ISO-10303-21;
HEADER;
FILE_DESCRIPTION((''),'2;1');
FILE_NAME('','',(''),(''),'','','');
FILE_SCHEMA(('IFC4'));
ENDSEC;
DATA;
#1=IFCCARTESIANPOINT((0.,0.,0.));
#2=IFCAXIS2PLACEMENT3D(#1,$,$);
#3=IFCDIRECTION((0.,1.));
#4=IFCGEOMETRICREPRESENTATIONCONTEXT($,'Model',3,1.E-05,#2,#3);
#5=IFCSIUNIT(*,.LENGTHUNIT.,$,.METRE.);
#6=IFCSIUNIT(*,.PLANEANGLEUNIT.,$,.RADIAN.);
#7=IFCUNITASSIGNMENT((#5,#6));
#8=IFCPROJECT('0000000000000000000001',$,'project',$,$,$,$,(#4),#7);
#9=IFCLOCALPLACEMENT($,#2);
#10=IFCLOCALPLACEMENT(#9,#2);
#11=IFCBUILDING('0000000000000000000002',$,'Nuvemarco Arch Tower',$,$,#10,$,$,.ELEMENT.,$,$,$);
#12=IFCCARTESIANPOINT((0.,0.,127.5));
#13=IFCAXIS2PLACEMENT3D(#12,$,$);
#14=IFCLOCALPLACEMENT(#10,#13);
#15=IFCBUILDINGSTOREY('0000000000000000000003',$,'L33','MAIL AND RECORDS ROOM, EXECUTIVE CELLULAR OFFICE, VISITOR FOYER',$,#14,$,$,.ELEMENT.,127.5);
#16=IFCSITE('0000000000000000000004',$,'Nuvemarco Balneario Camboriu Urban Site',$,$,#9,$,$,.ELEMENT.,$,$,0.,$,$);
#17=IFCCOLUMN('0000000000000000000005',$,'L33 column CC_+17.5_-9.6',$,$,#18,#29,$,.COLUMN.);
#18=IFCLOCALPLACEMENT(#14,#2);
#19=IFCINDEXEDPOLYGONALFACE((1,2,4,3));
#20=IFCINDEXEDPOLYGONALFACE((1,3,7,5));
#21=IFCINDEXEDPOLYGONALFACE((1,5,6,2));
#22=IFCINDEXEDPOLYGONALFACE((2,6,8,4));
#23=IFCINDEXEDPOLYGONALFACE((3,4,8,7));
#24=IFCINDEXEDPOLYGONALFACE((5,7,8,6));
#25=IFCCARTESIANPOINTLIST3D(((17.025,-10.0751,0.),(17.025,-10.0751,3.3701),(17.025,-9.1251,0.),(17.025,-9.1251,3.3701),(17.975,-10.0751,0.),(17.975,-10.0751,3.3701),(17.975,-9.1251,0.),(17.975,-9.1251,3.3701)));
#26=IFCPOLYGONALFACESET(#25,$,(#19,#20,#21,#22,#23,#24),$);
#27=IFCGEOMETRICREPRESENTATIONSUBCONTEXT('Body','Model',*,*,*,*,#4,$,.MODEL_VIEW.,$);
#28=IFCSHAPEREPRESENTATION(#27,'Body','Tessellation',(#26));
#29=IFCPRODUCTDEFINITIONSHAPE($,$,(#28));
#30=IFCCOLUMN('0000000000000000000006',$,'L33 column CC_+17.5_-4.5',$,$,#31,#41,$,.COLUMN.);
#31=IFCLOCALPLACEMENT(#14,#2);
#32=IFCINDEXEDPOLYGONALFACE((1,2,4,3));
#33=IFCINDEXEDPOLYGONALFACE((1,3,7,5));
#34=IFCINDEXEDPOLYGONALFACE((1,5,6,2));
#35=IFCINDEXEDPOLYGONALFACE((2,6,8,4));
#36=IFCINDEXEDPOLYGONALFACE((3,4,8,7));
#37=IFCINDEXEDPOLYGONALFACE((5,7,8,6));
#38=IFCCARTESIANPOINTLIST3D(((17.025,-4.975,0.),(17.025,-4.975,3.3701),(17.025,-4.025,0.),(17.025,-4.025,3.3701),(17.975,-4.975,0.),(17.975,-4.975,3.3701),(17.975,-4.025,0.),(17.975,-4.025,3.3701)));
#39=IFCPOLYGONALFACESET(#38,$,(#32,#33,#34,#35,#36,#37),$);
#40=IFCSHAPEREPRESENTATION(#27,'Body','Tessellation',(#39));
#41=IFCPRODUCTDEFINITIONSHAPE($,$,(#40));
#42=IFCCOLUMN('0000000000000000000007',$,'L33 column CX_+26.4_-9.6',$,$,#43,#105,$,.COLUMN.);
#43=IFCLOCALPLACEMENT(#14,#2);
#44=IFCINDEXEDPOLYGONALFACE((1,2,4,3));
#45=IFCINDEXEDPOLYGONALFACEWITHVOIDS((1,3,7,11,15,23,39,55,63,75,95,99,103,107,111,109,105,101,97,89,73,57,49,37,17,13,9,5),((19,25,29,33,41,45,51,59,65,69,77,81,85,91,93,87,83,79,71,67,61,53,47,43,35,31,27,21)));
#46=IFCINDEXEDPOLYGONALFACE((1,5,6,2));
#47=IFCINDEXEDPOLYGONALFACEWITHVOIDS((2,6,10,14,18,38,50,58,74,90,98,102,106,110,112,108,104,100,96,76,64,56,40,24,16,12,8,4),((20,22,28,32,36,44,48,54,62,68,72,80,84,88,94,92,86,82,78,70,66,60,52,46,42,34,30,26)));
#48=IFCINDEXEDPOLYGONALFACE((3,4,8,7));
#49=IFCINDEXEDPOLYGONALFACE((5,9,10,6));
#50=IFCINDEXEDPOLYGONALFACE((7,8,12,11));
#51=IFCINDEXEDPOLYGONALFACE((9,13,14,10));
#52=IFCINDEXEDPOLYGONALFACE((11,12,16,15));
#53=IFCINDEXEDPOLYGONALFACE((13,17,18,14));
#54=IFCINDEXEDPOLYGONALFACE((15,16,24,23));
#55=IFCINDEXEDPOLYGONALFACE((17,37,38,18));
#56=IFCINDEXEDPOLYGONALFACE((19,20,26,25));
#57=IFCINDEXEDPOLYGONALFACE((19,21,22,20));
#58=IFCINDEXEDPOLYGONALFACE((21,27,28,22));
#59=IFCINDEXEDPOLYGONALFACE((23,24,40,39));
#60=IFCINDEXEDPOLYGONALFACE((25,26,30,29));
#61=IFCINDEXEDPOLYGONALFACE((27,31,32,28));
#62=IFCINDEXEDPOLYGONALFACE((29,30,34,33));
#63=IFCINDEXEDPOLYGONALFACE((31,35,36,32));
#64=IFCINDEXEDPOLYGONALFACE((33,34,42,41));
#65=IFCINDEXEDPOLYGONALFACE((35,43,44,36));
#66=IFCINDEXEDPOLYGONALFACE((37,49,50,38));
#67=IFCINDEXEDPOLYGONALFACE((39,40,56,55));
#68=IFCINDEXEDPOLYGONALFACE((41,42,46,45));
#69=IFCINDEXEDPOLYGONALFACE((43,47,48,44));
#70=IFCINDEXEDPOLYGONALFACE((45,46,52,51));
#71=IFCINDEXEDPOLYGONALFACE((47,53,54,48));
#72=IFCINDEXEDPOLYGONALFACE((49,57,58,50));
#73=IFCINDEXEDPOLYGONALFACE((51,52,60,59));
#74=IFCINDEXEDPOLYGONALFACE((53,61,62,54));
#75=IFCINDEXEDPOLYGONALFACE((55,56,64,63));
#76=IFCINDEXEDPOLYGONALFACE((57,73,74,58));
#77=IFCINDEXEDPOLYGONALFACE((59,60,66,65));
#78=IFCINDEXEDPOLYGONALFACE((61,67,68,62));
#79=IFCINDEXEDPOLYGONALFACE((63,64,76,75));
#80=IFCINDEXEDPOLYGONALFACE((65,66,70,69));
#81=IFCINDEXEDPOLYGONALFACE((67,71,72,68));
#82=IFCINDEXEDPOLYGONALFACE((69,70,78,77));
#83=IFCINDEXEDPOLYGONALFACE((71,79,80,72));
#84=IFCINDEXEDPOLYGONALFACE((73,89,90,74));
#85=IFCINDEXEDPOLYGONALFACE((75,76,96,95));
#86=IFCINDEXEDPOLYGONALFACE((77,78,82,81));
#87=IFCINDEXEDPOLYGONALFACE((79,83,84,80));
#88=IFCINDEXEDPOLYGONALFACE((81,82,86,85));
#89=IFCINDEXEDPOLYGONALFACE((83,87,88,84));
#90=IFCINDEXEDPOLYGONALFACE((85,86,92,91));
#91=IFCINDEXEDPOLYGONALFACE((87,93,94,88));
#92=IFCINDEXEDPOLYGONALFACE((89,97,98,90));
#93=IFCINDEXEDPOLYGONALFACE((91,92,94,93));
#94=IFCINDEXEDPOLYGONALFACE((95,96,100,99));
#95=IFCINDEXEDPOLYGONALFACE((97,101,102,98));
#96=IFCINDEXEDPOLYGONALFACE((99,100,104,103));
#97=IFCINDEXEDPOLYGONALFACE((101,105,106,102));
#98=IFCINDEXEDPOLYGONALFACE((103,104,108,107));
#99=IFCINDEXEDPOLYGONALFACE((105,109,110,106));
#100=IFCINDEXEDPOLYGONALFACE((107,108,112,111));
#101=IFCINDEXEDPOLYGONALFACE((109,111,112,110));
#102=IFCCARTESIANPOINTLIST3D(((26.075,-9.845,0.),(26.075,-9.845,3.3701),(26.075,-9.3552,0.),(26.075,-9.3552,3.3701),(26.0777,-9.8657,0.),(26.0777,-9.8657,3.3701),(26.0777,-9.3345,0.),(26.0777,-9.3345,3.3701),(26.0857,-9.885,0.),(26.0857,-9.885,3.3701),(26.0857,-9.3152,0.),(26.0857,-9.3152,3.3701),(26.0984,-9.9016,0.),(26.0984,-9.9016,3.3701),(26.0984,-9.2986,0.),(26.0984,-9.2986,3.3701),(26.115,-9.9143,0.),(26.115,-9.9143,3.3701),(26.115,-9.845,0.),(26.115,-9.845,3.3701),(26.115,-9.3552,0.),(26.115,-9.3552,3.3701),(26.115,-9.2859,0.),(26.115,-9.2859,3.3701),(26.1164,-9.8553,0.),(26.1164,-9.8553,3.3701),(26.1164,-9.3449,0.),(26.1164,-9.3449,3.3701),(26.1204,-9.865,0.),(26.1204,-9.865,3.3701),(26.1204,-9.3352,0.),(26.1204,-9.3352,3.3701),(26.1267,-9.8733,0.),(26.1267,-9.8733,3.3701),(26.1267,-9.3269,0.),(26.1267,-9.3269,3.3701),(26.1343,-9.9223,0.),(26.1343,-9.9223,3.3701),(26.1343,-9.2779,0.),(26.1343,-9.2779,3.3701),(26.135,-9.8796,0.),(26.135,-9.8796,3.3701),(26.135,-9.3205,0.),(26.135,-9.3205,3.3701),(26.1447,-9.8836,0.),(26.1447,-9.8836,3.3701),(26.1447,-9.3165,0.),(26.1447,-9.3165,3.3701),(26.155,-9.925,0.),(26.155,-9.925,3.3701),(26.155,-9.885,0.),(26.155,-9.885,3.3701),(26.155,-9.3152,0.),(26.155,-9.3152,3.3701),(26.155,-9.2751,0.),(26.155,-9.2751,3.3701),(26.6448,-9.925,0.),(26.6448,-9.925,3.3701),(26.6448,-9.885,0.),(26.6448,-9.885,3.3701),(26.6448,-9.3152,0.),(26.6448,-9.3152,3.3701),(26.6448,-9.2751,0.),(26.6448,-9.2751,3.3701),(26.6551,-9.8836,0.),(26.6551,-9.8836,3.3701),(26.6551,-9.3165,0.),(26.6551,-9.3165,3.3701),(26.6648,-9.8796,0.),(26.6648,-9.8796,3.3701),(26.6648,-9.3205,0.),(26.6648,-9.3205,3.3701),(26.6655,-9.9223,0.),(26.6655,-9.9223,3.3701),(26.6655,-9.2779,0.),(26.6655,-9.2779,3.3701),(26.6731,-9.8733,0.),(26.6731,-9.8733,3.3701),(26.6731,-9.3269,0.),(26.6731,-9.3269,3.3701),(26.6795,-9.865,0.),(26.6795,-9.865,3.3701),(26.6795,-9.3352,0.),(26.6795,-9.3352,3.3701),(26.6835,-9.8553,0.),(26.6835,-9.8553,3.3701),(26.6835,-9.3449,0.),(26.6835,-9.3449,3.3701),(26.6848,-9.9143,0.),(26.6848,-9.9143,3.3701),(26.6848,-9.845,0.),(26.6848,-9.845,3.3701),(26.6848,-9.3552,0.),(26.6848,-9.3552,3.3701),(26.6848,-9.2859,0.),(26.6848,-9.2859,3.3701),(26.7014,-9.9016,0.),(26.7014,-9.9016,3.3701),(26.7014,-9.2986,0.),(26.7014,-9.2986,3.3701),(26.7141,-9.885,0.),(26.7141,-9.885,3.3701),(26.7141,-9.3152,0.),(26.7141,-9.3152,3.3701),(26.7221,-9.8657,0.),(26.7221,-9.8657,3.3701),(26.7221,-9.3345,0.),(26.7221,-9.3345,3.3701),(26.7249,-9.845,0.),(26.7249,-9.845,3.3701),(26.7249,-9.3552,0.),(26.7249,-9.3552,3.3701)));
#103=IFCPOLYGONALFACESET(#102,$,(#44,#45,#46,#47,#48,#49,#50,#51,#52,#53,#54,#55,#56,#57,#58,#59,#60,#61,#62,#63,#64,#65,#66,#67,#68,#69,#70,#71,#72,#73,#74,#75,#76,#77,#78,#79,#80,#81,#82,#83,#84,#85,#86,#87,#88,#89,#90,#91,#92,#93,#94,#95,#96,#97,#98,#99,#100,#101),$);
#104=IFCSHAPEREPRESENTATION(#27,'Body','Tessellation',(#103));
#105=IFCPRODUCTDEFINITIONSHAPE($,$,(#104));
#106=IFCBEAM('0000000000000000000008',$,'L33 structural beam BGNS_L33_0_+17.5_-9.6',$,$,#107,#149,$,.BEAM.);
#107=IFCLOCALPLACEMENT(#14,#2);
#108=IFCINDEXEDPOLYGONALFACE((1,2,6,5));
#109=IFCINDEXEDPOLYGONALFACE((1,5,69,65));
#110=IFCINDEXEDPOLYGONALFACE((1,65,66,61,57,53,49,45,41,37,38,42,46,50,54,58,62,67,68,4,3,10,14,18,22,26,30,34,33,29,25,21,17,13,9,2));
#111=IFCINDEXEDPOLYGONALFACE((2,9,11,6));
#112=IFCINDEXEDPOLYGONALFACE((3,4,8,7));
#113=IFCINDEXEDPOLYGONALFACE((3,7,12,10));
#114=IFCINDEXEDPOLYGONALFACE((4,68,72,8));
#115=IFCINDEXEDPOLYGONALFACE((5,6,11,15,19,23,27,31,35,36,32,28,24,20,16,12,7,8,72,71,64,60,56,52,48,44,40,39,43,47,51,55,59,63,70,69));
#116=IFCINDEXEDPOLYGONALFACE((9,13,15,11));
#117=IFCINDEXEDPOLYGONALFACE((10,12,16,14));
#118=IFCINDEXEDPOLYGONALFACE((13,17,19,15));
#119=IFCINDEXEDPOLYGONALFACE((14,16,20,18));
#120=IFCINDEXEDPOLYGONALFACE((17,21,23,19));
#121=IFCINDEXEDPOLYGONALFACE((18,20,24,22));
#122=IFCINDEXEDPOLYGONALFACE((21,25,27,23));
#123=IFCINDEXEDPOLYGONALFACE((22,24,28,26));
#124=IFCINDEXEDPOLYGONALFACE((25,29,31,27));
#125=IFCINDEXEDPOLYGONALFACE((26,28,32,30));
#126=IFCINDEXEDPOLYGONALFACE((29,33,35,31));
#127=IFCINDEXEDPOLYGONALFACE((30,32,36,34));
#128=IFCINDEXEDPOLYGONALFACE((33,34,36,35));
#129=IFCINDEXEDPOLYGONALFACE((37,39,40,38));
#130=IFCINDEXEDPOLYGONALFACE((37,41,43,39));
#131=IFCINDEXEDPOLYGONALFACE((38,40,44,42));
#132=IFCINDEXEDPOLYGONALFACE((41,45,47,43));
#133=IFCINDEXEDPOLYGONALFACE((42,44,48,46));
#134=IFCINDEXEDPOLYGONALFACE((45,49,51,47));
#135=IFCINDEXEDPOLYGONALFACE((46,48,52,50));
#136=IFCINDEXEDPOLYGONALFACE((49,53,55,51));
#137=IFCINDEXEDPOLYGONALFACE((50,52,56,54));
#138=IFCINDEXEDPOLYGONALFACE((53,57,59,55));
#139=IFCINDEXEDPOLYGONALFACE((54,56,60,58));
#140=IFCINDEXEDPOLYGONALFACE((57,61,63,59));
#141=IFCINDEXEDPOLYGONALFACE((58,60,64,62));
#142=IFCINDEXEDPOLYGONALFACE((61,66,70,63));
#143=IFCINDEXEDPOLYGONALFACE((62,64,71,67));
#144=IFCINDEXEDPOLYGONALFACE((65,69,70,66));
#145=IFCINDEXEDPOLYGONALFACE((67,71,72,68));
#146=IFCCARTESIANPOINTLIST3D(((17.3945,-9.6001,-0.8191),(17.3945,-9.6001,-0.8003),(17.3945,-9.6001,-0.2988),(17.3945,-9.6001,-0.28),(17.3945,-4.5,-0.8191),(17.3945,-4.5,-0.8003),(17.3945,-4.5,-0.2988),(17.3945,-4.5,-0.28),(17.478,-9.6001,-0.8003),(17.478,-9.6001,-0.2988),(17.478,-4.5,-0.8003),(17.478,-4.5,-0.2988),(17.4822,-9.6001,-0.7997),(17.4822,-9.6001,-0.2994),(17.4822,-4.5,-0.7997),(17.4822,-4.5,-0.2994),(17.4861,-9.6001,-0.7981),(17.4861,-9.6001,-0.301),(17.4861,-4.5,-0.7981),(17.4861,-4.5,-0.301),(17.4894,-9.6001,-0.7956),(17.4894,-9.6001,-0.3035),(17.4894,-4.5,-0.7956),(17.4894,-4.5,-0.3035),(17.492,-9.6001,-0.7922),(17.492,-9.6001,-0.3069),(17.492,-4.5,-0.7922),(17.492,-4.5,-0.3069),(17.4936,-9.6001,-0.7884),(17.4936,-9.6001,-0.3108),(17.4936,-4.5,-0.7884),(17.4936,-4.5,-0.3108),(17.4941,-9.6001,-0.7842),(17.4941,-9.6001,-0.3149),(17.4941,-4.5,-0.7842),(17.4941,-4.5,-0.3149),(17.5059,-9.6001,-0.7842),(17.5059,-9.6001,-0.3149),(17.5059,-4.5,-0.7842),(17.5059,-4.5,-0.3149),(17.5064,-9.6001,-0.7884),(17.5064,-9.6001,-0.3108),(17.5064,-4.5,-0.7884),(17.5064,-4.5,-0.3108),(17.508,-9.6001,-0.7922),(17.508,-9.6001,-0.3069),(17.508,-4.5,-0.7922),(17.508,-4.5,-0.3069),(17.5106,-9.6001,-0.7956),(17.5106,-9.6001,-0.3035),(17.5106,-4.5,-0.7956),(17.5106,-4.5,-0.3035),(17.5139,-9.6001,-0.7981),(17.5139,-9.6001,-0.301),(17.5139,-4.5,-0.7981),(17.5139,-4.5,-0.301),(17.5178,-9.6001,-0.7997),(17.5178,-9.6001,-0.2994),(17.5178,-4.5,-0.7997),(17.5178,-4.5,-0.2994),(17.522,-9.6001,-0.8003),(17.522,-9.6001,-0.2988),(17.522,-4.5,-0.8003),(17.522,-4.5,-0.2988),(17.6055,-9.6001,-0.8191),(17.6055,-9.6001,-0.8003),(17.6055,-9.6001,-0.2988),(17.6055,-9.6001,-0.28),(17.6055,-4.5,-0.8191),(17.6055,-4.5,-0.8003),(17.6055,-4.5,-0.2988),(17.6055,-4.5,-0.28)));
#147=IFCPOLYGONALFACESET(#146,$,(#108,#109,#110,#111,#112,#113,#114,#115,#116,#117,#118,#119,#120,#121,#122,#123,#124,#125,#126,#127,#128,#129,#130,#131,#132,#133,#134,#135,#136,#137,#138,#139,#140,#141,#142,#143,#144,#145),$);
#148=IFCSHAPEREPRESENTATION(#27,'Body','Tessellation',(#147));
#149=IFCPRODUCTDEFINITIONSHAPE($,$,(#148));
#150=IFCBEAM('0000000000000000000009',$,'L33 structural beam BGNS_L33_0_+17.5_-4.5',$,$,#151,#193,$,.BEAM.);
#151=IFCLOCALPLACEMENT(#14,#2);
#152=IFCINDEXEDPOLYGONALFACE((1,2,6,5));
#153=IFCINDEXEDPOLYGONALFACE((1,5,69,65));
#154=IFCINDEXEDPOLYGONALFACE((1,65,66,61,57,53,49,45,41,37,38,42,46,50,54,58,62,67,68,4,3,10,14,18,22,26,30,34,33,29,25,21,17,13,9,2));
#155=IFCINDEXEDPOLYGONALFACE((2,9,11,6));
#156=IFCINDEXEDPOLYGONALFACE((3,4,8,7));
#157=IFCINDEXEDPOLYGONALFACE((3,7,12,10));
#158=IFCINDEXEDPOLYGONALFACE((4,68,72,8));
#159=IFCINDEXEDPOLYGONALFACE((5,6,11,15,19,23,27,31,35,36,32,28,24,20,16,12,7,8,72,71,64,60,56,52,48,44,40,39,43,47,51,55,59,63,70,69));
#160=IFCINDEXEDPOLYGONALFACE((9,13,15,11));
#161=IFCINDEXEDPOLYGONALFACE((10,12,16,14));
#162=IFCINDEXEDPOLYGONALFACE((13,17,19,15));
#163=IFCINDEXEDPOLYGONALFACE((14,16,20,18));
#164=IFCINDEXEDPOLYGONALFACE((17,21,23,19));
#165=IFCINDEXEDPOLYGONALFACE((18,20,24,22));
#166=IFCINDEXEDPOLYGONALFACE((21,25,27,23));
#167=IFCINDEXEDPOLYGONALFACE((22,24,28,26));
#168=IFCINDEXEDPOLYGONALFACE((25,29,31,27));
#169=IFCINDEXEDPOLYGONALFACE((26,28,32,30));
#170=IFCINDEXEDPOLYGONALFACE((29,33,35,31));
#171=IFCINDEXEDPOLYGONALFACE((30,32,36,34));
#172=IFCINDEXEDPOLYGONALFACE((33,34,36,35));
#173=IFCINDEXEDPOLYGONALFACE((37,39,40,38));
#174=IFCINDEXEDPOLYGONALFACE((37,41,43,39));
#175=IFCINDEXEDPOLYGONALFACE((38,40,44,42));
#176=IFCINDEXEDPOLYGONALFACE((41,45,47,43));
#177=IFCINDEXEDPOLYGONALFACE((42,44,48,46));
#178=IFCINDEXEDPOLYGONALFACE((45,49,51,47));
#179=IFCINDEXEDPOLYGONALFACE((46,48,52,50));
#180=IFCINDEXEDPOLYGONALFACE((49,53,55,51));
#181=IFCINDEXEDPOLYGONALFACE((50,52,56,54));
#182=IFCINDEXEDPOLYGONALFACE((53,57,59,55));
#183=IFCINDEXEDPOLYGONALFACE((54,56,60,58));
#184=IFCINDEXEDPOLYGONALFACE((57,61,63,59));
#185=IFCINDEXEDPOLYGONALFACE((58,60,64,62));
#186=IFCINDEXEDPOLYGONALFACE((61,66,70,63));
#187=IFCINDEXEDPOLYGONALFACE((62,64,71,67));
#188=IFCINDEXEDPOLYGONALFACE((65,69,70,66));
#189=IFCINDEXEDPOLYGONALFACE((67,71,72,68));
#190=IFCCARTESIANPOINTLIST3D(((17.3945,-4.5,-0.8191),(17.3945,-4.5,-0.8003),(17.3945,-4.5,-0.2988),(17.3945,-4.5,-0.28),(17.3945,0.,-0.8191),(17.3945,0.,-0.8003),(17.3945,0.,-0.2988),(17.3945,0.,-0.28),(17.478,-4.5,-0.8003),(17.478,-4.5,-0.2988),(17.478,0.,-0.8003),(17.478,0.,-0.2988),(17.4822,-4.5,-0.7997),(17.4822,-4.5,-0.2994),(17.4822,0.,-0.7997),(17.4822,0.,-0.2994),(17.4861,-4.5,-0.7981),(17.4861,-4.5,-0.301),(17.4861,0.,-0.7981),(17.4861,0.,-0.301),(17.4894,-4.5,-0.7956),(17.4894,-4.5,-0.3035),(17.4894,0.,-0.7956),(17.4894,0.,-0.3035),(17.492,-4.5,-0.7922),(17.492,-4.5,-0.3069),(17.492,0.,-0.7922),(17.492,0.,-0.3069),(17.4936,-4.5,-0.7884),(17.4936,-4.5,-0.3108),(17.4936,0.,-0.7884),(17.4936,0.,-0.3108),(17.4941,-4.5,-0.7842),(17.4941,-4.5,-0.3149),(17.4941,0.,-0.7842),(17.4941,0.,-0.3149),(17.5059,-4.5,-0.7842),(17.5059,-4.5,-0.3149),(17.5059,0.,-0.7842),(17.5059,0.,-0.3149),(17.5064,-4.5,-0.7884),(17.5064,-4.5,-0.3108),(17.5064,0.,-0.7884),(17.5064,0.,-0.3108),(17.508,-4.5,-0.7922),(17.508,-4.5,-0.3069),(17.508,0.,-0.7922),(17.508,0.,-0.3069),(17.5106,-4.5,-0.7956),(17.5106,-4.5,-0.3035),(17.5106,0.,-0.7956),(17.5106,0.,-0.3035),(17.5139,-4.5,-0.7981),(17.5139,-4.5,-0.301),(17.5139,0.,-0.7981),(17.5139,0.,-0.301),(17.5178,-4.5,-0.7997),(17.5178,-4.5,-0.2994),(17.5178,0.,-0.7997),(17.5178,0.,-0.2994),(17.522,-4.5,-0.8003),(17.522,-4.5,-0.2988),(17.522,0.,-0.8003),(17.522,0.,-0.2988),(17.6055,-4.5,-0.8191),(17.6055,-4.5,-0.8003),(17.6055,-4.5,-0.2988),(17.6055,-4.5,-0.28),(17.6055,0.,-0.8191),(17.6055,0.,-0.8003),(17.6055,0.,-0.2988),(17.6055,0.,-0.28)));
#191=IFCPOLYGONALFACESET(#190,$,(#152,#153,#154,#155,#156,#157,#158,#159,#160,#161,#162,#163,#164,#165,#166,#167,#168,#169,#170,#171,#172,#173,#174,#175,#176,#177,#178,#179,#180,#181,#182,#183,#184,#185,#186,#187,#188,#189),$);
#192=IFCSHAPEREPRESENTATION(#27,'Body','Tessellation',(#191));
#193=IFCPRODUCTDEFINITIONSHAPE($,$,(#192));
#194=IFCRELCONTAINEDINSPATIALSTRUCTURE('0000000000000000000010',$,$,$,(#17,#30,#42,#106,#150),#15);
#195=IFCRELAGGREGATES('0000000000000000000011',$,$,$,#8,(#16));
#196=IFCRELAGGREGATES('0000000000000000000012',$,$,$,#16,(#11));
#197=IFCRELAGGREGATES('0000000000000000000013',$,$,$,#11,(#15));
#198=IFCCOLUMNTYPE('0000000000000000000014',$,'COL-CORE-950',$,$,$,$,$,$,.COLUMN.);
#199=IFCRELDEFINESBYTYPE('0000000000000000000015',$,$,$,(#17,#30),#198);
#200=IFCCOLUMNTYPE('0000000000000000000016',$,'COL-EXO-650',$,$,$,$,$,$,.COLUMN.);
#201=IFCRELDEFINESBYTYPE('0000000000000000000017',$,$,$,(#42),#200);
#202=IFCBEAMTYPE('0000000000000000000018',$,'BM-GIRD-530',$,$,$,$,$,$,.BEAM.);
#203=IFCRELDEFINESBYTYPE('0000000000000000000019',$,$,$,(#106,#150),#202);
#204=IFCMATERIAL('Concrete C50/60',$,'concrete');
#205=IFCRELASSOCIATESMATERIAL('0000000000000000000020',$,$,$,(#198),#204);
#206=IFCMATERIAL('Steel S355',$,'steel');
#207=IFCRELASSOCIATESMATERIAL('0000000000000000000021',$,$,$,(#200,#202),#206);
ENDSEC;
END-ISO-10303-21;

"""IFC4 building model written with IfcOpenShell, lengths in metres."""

from ifc_helpers import new_model, si_unit, direction, frame, origin, origin_2d, place, context, subcontext, project, spatial, rectangle, hollow_rectangle, i_section, extrude, material, material_profile, profile_set, type_object, element, save


model = new_model("IFC4")

# Units and contexts
model_context = context("Model", 3, precision=1e-05, world=origin(), true_north=direction((0.0, 1.0)))
body_context = subcontext(model_context, "Body", "Model", "MODEL_VIEW")
ifc_project = project(units=[si_unit("LENGTHUNIT", "METRE"), si_unit("PLANEANGLEUNIT", "RADIAN")], contexts=[model_context])

# Site, building, storey
site_placement = place(None, origin())
site = spatial("IfcSite", under=ifc_project, at=site_placement, Name="Nuvemarco Balneario Camboriu Urban Site", CompositionType="ELEMENT", RefElevation=0.0)
building_placement = place(site_placement, origin())
building = spatial("IfcBuilding", under=site, at=building_placement, Name="Nuvemarco Arch Tower", CompositionType="ELEMENT")
storey_placement = place(building_placement, frame((0.0, 0.0, 127.5)))
storey = spatial("IfcBuildingStorey", under=building, at=storey_placement, Name="L33", Description="MAIL AND RECORDS ROOM, EXECUTIVE CELLULAR OFFICE, VISITOR FOYER", CompositionType="ELEMENT", Elevation=127.5)

# Columns
ifc_material_1 = material(Name="Concrete C50/60", Category="concrete")
ifc_material_profile_1 = material_profile(ifc_material_1, rectangle(XDim=0.95, YDim=0.95, at=origin_2d()), Name="RC-COL-950x950")
ifc_profile_set_1 = profile_set([ifc_material_profile_1], Name="Concrete C50/60")
column_type_1 = type_object("IfcColumnType", Name="COL-CORE-950", PredefinedType="COLUMN", material=ifc_profile_set_1)
for number, where, z_axis, x_axis, name in (
    (1, (17.5, -9.6001, 0.0), (0.0, 0.0, 1.0), (1.0, 0.0, 0.0), "L33 column CC_+17.5_-9.6"),
    (2, (17.5, -4.5, 0.0), (0.0, 0.0, 1.0), (1.0, 0.0, 0.0), "L33 column CC_+17.5_-4.5"),
):
    element("IfcColumn", number, at=place(storey_placement, frame(where, z_axis=z_axis, x_axis=x_axis)), inside=storey, type_object=column_type_1, Name=name, PredefinedType="COLUMN", context=body_context, shape_type="SweptSolid", body=[
        extrude(rectangle(XDim=0.95, YDim=0.95, at=origin_2d()), origin(), (0.0, 0.0, 1.0), 3.3701),
    ])
ifc_material_2 = material(Name="Steel S355", Category="steel")
ifc_material_profile_2 = material_profile(ifc_material_2, hollow_rectangle(XDim=0.6499, YDim=0.6499, WallThickness=0.04, InnerFilletRadius=0.04, OuterFilletRadius=0.0801, at=origin_2d()), Name="SHS650x650x40")
ifc_profile_set_2 = profile_set([ifc_material_profile_2], Name="Steel S355")
column_type_2 = type_object("IfcColumnType", Name="COL-EXO-650", PredefinedType="COLUMN", material=ifc_profile_set_2)
column_placement = place(storey_placement, frame((26.3999, -9.6001, 0.0), z_axis=(0.0, 0.0, 1.0), x_axis=(1.0, 0.0, 0.0)))
element("IfcColumn", 3, at=column_placement, inside=storey, type_object=column_type_2, Name="L33 column CX_+26.4_-9.6", PredefinedType="COLUMN", context=body_context, shape_type="SweptSolid", body=[
    extrude(hollow_rectangle(XDim=0.6499, YDim=0.6499, WallThickness=0.04, InnerFilletRadius=0.04, OuterFilletRadius=0.0801, at=origin_2d()), origin(), (0.0, 0.0, 1.0), 3.3701),
])

# Beams
ifc_material_profile_3 = material_profile(ifc_material_2, i_section(OverallWidth=0.2109, OverallDepth=0.5391, WebThickness=0.0117, FlangeThickness=0.0188, FilletRadius=0.0161, at=origin_2d()), Name="W530x109")
ifc_profile_set_3 = profile_set([ifc_material_profile_3], Name="Steel S355")
beam_type_1 = type_object("IfcBeamType", Name="BM-GIRD-530", PredefinedType="BEAM", material=ifc_profile_set_3)
beam_1_placement = place(storey_placement, frame((17.5, -9.6001, -0.5496), z_axis=(0.0, 1.0, 0.0), x_axis=(-1.0, 0.0, 0.0)))
element("IfcBeam", 4, at=beam_1_placement, inside=storey, type_object=beam_type_1, Name="L33 structural beam BGNS_L33_0_+17.5_-9.6", PredefinedType="BEAM", context=body_context, shape_type="SweptSolid", body=[
    extrude(i_section(OverallWidth=0.2109, OverallDepth=0.5391, WebThickness=0.0117, FlangeThickness=0.0188, FilletRadius=0.0161, at=origin_2d()), origin(), (0.0, 0.0, 1.0), 5.1001),
])
beam_2_placement = place(storey_placement, frame((17.5, -4.5, -0.5496), z_axis=(0.0, 1.0, 0.0), x_axis=(-1.0, 0.0, 0.0)))
element("IfcBeam", 5, at=beam_2_placement, inside=storey, type_object=beam_type_1, Name="L33 structural beam BGNS_L33_0_+17.5_-4.5", PredefinedType="BEAM", context=body_context, shape_type="SweptSolid", body=[
    extrude(i_section(OverallWidth=0.2109, OverallDepth=0.5391, WebThickness=0.0117, FlangeThickness=0.0188, FilletRadius=0.0161, at=origin_2d()), origin(), (0.0, 0.0, 1.0), 4.5),
])

save(model, "model.ifc")
